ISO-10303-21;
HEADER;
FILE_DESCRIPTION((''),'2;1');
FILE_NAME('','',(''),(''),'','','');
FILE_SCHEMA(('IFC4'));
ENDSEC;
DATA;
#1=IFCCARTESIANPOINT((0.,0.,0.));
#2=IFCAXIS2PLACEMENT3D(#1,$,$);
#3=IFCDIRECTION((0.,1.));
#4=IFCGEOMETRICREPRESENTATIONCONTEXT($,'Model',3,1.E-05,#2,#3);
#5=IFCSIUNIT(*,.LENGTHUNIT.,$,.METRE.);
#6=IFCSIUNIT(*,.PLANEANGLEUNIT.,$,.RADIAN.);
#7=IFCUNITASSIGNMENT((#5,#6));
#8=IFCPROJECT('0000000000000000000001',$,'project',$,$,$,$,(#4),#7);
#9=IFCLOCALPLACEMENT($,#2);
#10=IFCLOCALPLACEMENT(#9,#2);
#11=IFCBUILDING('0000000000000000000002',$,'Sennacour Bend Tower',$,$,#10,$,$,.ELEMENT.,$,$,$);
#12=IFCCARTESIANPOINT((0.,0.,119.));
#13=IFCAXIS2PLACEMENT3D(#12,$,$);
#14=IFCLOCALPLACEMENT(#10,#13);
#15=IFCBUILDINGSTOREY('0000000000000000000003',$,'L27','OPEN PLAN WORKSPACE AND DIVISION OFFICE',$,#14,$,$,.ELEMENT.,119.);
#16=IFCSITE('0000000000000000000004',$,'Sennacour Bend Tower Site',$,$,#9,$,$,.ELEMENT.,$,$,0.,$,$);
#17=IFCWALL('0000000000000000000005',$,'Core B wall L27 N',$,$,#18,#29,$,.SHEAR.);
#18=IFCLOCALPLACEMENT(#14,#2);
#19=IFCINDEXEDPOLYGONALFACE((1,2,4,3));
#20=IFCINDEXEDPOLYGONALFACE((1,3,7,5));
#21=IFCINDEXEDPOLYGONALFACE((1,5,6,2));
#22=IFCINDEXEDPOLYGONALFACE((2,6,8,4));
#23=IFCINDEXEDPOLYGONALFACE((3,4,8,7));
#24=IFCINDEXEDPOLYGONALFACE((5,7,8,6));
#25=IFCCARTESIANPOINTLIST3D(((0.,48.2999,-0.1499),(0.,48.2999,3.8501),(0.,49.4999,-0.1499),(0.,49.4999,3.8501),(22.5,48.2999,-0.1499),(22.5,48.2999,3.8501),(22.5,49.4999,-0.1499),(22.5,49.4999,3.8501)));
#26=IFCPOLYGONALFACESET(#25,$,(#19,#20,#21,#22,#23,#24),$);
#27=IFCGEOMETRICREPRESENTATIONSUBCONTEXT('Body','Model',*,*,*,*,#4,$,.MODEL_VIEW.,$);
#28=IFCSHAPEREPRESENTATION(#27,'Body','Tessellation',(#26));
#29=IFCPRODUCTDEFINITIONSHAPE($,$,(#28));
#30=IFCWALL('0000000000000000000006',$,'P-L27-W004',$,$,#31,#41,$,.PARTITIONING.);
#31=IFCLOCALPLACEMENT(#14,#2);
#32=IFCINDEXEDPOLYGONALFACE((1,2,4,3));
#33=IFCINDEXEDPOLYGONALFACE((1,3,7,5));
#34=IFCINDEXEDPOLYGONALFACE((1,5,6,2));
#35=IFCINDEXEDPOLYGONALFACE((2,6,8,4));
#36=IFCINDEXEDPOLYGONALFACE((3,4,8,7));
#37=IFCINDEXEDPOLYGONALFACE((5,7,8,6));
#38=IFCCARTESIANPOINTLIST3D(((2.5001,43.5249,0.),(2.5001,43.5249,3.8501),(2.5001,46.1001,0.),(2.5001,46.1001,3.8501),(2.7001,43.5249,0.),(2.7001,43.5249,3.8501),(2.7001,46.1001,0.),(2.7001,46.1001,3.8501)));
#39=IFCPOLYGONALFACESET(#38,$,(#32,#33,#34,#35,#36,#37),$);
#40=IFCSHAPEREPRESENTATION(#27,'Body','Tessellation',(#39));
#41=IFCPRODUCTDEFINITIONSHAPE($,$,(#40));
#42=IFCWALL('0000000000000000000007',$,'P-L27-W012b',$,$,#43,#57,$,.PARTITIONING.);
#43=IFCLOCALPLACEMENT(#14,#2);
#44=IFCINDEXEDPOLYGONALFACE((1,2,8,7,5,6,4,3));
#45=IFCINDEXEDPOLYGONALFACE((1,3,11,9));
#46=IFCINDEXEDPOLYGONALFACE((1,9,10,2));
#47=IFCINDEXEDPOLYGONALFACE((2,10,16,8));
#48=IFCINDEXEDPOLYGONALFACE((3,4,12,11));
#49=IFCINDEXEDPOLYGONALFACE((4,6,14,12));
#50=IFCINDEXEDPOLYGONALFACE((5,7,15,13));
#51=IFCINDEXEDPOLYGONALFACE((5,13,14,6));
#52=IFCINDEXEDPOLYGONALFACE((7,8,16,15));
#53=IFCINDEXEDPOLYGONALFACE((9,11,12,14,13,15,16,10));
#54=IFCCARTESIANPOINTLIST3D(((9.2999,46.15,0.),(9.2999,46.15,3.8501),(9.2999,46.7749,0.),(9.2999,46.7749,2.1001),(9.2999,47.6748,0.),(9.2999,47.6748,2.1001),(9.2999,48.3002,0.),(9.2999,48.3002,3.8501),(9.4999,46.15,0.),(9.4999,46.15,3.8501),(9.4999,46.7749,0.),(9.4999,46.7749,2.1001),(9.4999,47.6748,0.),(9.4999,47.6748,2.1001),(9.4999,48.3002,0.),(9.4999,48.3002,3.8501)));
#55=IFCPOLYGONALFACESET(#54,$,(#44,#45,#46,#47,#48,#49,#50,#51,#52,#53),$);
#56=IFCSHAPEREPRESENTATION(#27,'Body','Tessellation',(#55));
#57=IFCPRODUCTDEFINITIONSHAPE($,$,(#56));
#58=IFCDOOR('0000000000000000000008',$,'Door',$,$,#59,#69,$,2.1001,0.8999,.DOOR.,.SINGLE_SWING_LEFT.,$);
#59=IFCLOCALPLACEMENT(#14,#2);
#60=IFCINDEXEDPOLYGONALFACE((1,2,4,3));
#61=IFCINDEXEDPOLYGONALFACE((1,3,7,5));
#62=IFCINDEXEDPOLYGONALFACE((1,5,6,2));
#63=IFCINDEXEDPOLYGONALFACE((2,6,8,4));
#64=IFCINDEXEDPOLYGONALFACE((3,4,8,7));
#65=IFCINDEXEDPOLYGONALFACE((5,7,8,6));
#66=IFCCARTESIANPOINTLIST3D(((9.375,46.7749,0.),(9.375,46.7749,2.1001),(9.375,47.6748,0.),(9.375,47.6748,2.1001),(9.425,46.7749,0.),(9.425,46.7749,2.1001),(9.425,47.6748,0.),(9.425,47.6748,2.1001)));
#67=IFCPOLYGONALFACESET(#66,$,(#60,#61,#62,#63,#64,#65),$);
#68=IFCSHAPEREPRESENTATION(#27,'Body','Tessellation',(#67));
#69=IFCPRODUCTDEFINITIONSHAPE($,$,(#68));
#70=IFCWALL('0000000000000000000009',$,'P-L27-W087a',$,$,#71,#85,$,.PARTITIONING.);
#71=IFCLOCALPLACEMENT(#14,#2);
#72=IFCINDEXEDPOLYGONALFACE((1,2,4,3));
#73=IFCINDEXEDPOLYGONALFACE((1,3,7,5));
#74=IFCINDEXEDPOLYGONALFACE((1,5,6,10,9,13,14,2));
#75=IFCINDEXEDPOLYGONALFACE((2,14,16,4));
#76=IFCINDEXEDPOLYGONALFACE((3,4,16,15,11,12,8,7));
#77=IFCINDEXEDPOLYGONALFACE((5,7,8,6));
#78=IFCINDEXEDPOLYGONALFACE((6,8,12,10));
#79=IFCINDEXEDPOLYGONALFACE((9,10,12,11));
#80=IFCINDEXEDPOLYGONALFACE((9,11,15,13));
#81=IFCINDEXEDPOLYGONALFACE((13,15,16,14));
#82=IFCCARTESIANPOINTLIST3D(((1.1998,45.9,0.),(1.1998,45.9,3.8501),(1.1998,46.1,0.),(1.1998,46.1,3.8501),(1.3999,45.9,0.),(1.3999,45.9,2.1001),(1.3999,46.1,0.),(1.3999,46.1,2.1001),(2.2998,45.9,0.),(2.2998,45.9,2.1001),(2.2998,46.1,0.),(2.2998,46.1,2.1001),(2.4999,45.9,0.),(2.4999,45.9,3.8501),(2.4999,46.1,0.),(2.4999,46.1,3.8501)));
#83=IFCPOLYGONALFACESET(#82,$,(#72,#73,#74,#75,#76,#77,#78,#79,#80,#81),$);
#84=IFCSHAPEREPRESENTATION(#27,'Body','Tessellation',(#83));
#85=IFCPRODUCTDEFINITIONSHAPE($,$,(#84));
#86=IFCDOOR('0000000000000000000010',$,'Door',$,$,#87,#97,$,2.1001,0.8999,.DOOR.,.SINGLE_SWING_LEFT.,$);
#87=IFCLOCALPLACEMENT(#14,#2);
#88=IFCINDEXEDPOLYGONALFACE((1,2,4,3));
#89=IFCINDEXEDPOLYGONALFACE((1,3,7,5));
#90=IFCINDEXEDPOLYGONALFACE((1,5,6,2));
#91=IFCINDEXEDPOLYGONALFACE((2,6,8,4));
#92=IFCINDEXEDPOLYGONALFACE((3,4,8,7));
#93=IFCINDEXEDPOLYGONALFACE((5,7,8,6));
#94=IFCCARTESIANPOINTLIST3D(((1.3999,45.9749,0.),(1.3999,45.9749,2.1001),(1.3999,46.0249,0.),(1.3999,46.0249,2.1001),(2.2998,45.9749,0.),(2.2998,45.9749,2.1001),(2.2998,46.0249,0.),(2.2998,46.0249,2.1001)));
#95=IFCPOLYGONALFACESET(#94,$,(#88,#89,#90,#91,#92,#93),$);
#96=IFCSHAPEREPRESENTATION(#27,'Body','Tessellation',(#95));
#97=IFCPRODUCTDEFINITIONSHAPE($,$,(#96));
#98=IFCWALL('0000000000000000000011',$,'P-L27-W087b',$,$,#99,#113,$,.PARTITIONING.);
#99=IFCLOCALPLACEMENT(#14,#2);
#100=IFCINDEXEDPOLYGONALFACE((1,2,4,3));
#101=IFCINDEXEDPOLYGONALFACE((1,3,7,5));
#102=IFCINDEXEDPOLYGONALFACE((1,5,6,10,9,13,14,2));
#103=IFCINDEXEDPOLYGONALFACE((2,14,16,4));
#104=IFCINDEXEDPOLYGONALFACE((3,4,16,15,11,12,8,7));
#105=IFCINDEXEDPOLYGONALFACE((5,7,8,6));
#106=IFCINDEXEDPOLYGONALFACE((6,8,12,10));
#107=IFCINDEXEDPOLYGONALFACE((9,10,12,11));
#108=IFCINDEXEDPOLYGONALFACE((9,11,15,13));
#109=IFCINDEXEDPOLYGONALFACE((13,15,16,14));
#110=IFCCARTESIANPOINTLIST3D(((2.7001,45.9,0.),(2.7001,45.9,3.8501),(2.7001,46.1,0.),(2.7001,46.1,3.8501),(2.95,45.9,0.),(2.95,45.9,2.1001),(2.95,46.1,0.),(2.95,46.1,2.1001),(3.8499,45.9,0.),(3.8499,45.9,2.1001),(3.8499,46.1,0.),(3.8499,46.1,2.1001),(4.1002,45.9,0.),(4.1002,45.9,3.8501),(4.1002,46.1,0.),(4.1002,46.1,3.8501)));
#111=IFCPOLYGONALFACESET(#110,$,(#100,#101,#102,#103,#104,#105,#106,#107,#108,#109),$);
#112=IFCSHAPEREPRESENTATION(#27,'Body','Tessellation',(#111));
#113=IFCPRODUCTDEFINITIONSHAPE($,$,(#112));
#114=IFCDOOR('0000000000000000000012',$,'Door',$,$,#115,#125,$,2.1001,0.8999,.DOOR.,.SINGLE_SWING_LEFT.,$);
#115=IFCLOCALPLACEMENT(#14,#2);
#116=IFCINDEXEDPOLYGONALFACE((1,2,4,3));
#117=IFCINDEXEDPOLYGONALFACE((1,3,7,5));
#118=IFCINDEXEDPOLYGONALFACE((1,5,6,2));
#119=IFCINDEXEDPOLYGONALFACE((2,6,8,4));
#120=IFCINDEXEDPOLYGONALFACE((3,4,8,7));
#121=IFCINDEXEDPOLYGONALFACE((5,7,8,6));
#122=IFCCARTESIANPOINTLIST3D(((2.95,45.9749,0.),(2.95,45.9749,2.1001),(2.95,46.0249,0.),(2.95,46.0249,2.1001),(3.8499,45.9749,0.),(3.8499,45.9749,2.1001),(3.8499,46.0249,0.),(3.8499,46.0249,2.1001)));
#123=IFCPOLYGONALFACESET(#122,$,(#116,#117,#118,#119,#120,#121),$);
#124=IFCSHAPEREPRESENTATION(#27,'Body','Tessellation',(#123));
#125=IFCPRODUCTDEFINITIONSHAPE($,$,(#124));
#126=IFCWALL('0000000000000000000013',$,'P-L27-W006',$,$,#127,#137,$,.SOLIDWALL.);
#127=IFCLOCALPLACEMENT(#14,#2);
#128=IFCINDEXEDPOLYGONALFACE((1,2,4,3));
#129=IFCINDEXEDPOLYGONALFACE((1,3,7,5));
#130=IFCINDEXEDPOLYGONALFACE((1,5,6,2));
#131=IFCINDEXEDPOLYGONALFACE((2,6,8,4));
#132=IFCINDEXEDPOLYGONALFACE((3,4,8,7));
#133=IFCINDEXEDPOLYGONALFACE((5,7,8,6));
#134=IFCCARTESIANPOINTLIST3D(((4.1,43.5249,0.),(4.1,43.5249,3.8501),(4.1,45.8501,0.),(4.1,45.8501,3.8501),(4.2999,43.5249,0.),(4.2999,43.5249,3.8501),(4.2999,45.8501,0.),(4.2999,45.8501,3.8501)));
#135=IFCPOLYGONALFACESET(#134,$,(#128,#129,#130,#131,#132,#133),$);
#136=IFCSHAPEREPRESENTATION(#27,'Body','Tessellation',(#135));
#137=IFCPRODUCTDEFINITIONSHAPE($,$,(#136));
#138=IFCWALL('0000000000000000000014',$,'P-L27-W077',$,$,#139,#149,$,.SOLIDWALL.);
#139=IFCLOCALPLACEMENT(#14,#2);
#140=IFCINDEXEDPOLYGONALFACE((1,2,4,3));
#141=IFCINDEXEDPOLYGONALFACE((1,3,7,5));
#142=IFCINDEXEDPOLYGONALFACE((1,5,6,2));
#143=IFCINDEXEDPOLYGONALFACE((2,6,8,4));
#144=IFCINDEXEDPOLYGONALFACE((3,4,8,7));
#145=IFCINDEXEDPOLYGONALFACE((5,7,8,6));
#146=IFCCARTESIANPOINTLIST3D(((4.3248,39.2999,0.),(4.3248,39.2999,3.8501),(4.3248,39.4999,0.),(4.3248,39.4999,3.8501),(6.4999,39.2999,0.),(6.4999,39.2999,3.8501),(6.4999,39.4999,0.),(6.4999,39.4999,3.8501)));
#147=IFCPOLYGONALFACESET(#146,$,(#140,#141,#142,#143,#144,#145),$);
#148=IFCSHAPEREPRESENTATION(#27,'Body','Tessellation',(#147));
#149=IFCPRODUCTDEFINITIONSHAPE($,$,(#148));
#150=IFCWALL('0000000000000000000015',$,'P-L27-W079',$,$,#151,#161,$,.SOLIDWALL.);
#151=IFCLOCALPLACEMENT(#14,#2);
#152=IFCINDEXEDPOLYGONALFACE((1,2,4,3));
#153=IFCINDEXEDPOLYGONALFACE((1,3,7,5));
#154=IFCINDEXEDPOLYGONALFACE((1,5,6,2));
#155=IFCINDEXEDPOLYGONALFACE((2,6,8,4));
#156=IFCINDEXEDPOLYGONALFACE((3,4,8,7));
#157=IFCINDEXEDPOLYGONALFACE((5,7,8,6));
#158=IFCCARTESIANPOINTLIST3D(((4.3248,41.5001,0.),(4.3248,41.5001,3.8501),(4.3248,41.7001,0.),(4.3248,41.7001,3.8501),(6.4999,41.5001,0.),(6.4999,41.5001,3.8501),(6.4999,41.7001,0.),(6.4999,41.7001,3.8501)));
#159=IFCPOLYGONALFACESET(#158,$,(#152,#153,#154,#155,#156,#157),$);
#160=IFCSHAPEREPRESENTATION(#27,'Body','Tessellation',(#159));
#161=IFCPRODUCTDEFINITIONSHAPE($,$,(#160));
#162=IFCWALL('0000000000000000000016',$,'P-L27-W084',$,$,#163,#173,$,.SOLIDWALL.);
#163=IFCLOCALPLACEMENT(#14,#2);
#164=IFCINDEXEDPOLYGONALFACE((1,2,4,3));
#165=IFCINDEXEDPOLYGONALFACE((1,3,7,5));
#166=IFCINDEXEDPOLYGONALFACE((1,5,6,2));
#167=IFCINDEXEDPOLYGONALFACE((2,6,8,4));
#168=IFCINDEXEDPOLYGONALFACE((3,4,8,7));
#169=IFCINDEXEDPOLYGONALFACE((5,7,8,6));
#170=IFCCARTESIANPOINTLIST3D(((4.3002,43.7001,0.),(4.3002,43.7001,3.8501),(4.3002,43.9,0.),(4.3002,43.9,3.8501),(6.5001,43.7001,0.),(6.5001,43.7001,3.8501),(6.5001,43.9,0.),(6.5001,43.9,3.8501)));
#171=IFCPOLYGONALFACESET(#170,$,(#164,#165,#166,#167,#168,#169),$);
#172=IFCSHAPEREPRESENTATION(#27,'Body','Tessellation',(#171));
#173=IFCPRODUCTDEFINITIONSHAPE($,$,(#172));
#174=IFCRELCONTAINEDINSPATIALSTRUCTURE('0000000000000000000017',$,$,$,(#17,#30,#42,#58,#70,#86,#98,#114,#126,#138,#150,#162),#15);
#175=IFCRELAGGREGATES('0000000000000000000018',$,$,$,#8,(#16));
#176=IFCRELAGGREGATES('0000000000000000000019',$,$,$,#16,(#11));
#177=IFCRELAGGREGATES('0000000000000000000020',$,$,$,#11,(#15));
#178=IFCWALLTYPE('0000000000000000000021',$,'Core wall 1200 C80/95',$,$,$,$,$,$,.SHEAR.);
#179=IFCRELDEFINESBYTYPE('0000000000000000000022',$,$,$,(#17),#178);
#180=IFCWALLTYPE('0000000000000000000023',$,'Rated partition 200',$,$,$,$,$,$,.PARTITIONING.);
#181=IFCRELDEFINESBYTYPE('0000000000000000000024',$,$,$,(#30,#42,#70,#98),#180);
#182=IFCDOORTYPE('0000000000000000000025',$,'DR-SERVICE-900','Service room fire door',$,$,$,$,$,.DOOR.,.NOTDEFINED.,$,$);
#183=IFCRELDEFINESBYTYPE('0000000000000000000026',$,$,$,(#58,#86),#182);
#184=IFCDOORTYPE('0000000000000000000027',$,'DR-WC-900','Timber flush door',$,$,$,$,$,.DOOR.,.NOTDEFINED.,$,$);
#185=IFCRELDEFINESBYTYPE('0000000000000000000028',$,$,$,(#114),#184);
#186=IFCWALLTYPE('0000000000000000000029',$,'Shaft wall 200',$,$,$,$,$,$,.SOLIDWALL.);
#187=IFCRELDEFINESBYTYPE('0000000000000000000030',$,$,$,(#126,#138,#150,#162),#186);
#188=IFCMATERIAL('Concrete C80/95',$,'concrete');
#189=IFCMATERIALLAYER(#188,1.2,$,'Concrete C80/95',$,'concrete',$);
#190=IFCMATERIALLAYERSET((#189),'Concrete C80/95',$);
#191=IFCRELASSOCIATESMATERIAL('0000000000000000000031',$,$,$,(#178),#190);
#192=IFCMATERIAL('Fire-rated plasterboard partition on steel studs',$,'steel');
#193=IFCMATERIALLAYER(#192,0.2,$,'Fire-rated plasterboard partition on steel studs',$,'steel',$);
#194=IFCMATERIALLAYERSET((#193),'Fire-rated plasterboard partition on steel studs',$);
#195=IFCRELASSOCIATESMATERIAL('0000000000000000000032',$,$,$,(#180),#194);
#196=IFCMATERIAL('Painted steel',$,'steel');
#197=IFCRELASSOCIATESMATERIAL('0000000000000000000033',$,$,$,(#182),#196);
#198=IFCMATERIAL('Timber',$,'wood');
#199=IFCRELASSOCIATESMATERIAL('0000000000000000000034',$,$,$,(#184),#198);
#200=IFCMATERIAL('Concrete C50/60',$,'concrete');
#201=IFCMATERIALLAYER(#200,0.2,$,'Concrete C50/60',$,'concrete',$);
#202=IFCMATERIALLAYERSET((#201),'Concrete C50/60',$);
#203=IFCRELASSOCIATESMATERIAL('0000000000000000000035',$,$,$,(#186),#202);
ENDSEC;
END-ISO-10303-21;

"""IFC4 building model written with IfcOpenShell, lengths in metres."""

from ifc_helpers import new_model, si_unit, direction, frame, frame_2d, origin, place, context, subcontext, project, spatial, rectangle, extrude, material, layer, layer_set, type_object, element, fill, save


model = new_model("IFC4")

# Units and contexts
model_context = context("Model", 3, precision=1e-05, world=origin(), true_north=direction((0.0, 1.0)))
body_context = subcontext(model_context, "Body", "Model", "MODEL_VIEW")
ifc_project = project(units=[si_unit("LENGTHUNIT", "METRE"), si_unit("PLANEANGLEUNIT", "RADIAN")], contexts=[model_context])

# Site, building, storey
site_placement = place(None, origin())
site = spatial("IfcSite", under=ifc_project, at=site_placement, Name="Sennacour Bend Tower Site", CompositionType="ELEMENT", RefElevation=0.0)
building_placement = place(site_placement, origin())
building = spatial("IfcBuilding", under=site, at=building_placement, Name="Sennacour Bend Tower", CompositionType="ELEMENT")
storey_placement = place(building_placement, frame((0.0, 0.0, 119.0)))
storey = spatial("IfcBuildingStorey", under=building, at=storey_placement, Name="L27", Description="OPEN PLAN WORKSPACE AND DIVISION OFFICE", CompositionType="ELEMENT", Elevation=119.0)

# Walls
ifc_material_1 = material(Name="Concrete C80/95", Category="concrete")
ifc_layer_1 = layer(ifc_material_1, 1.2, Name="Concrete C80/95", Category="concrete")
ifc_layer_set_1 = layer_set([ifc_layer_1], Name="Concrete C80/95")
wall_type_1 = type_object("IfcWallType", Name="Core wall 1200 C80/95", PredefinedType="SHEAR", material=ifc_layer_set_1)
wall_1_placement = place(storey_placement, frame((0.0, 48.8999, -0.1499), z_axis=(0.0, 0.0, 1.0), x_axis=(1.0, 0.0, 0.0)))
element("IfcWall", 1, at=wall_1_placement, inside=storey, type_object=wall_type_1, Name="Core B wall L27 N", PredefinedType="SHEAR", context=body_context, shape_type="SweptSolid", body=[
    extrude(rectangle(XDim=22.5, YDim=1.2, at=frame_2d((11.25, 0.0))), origin(), (0.0, 0.0, 1.0), 4.0),
])
ifc_material_2 = material(Name="Fire-rated plasterboard partition on steel studs", Category="steel")
ifc_layer_2 = layer(ifc_material_2, 0.2, Name="Fire-rated plasterboard partition on steel studs", Category="steel")
ifc_layer_set_2 = layer_set([ifc_layer_2], Name="Fire-rated plasterboard partition on steel studs")
wall_type_2 = type_object("IfcWallType", Name="Rated partition 200", PredefinedType="PARTITIONING", material=ifc_layer_set_2)
wall_2_placement = place(storey_placement, frame((2.6001, 43.5249, 0.0), z_axis=(0.0, 0.0, 1.0), x_axis=(0.0, 1.0, 0.0)))
element("IfcWall", 2, at=wall_2_placement, inside=storey, type_object=wall_type_2, Name="P-L27-W004", PredefinedType="PARTITIONING", context=body_context, shape_type="SweptSolid", body=[
    extrude(rectangle(XDim=2.5752, YDim=0.2, at=frame_2d((1.2876, 0.0))), origin(), (0.0, 0.0, 1.0), 3.8501),
])

# Walls, openings, doors
wall_3_placement = place(storey_placement, frame((9.3999, 46.1499, 0.0), z_axis=(0.0, 0.0, 1.0), x_axis=(0.0, 1.0, 0.0)))
wall_3 = element("IfcWall", 3, at=wall_3_placement, inside=storey, type_object=wall_type_2, Name="P-L27-W012b", PredefinedType="PARTITIONING", context=body_context, shape_type="SweptSolid", body=[
    extrude(rectangle(XDim=2.1501, YDim=0.2, at=frame_2d((1.0752, 0.0))), origin(), (0.0, 0.0, 1.0), 3.8501),
])
opening_1_placement = place(wall_3_placement, frame((0.625, 0.0, 0.0)))
opening_1 = element("IfcOpeningElement", 4, at=opening_1_placement, cuts=wall_3, PredefinedType="OPENING", context=body_context, shape_type="SweptSolid", body=[
    extrude(rectangle(XDim=0.8999, YDim=2.1001, at=frame_2d((0.45, 1.05))), frame((0.0, 0.1099, 0.0), z_axis=(0.0, -1.0, 0.0), x_axis=(1.0, 0.0, 0.0)), (0.0, 0.0, 1.0), 0.22),
])
ifc_material_3 = material(Name="Painted steel", Category="steel")
door_type_1 = type_object("IfcDoorType", Name="DR-SERVICE-900", Description="Service room fire door", OperationType="NOTDEFINED", PredefinedType="DOOR", material=ifc_material_3)
door_1_placement = place(opening_1_placement, origin())
door_1 = element("IfcDoor", 5, at=door_1_placement, inside=storey, type_object=door_type_1, Name="Door", OperationType="SINGLE_SWING_LEFT", OverallHeight=2.1001, OverallWidth=0.8999, PredefinedType="DOOR", context=body_context, shape_type="SweptSolid", body=[
    extrude(rectangle(XDim=0.8999, YDim=2.1001, at=frame_2d((0.45, 1.05))), frame((0.0, 0.0249, 0.0), z_axis=(0.0, -1.0, 0.0), x_axis=(1.0, 0.0, 0.0)), (0.0, 0.0, 1.0), 0.05),
])
fill(opening_1, door_1)
wall_4_placement = place(storey_placement, frame((1.2, 46.0, 0.0), z_axis=(0.0, 0.0, 1.0), x_axis=(1.0, 0.0, 0.0)))
wall_4 = element("IfcWall", 6, at=wall_4_placement, inside=storey, type_object=wall_type_2, Name="P-L27-W087a", PredefinedType="PARTITIONING", context=body_context, shape_type="SweptSolid", body=[
    extrude(rectangle(XDim=1.3, YDim=0.2, at=frame_2d((0.6499, 0.0))), origin(), (0.0, 0.0, 1.0), 3.8501),
])
opening_2_placement = place(wall_4_placement, frame((0.2, 0.0, 0.0)))
opening_2 = element("IfcOpeningElement", 7, at=opening_2_placement, cuts=wall_4, PredefinedType="OPENING", context=body_context, shape_type="SweptSolid", body=[
    extrude(rectangle(XDim=0.8999, YDim=2.1001, at=frame_2d((0.45, 1.05))), frame((0.0, 0.1099, 0.0), z_axis=(0.0, -1.0, 0.0), x_axis=(1.0, 0.0, 0.0)), (0.0, 0.0, 1.0), 0.22),
])
door_2_placement = place(opening_2_placement, origin())
door_2 = element("IfcDoor", 8, at=door_2_placement, inside=storey, type_object=door_type_1, Name="Door", OperationType="SINGLE_SWING_LEFT", OverallHeight=2.1001, OverallWidth=0.8999, PredefinedType="DOOR", context=body_context, shape_type="SweptSolid", body=[
    extrude(rectangle(XDim=0.8999, YDim=2.1001, at=frame_2d((0.45, 1.05))), frame((0.0, 0.0249, 0.0), z_axis=(0.0, -1.0, 0.0), x_axis=(1.0, 0.0, 0.0)), (0.0, 0.0, 1.0), 0.05),
])
fill(opening_2, door_2)
wall_5_placement = place(storey_placement, frame((2.7, 46.0, 0.0), z_axis=(0.0, 0.0, 1.0), x_axis=(1.0, 0.0, 0.0)))
wall_5 = element("IfcWall", 9, at=wall_5_placement, inside=storey, type_object=wall_type_2, Name="P-L27-W087b", PredefinedType="PARTITIONING", context=body_context, shape_type="SweptSolid", body=[
    extrude(rectangle(XDim=1.4001, YDim=0.2, at=frame_2d((0.7002, 0.0))), origin(), (0.0, 0.0, 1.0), 3.8501),
])
opening_3_placement = place(wall_5_placement, frame((0.25, 0.0, 0.0)))
opening_3 = element("IfcOpeningElement", 10, at=opening_3_placement, cuts=wall_5, PredefinedType="OPENING", context=body_context, shape_type="SweptSolid", body=[
    extrude(rectangle(XDim=0.8999, YDim=2.1001, at=frame_2d((0.45, 1.05))), frame((0.0, 0.1099, 0.0), z_axis=(0.0, -1.0, 0.0), x_axis=(1.0, 0.0, 0.0)), (0.0, 0.0, 1.0), 0.22),
])
ifc_material_4 = material(Name="Timber", Category="wood")
door_type_2 = type_object("IfcDoorType", Name="DR-WC-900", Description="Timber flush door", OperationType="NOTDEFINED", PredefinedType="DOOR", material=ifc_material_4)
door_3_placement = place(opening_3_placement, origin())
door_3 = element("IfcDoor", 11, at=door_3_placement, inside=storey, type_object=door_type_2, Name="Door", OperationType="SINGLE_SWING_LEFT", OverallHeight=2.1001, OverallWidth=0.8999, PredefinedType="DOOR", context=body_context, shape_type="SweptSolid", body=[
    extrude(rectangle(XDim=0.8999, YDim=2.1001, at=frame_2d((0.45, 1.05))), frame((0.0, 0.0249, 0.0), z_axis=(0.0, -1.0, 0.0), x_axis=(1.0, 0.0, 0.0)), (0.0, 0.0, 1.0), 0.05),
])
fill(opening_3, door_3)

# Walls
ifc_material_5 = material(Name="Concrete C50/60", Category="concrete")
ifc_layer_3 = layer(ifc_material_5, 0.2, Name="Concrete C50/60", Category="concrete")
ifc_layer_set_3 = layer_set([ifc_layer_3], Name="Concrete C50/60")
wall_type_3 = type_object("IfcWallType", Name="Shaft wall 200", PredefinedType="SOLIDWALL", material=ifc_layer_set_3)
wall_6_placement = place(storey_placement, frame((4.2, 43.5249, 0.0), z_axis=(0.0, 0.0, 1.0), x_axis=(0.0, 1.0, 0.0)))
element("IfcWall", 12, at=wall_6_placement, inside=storey, type_object=wall_type_3, Name="P-L27-W006", PredefinedType="SOLIDWALL", context=body_context, shape_type="SweptSolid", body=[
    extrude(rectangle(XDim=2.3252, YDim=0.2, at=frame_2d((1.1626, 0.0))), origin(), (0.0, 0.0, 1.0), 3.8501),
])
for number, where, z_axis, x_axis, name in (
    (13, (4.325, 39.3999, 0.0), (0.0, 0.0, 1.0), (1.0, 0.0, 0.0), "P-L27-W077"),
    (14, (4.325, 41.6001, 0.0), (0.0, 0.0, 1.0), (1.0, 0.0, 0.0), "P-L27-W079"),
):
    element("IfcWall", number, at=place(storey_placement, frame(where, z_axis=z_axis, x_axis=x_axis)), inside=storey, type_object=wall_type_3, Name=name, PredefinedType="SOLIDWALL", context=body_context, shape_type="SweptSolid", body=[
        extrude(rectangle(XDim=2.175, YDim=0.2, at=frame_2d((1.0874, 0.0))), origin(), (0.0, 0.0, 1.0), 3.8501),
    ])
wall_7_placement = place(storey_placement, frame((4.3, 43.8, 0.0), z_axis=(0.0, 0.0, 1.0), x_axis=(1.0, 0.0, 0.0)))
element("IfcWall", 15, at=wall_7_placement, inside=storey, type_object=wall_type_3, Name="P-L27-W084", PredefinedType="SOLIDWALL", context=body_context, shape_type="SweptSolid", body=[
    extrude(rectangle(XDim=2.2, YDim=0.2, at=frame_2d((1.1001, 0.0))), origin(), (0.0, 0.0, 1.0), 3.8501),
])

save(model, "model.ifc")
